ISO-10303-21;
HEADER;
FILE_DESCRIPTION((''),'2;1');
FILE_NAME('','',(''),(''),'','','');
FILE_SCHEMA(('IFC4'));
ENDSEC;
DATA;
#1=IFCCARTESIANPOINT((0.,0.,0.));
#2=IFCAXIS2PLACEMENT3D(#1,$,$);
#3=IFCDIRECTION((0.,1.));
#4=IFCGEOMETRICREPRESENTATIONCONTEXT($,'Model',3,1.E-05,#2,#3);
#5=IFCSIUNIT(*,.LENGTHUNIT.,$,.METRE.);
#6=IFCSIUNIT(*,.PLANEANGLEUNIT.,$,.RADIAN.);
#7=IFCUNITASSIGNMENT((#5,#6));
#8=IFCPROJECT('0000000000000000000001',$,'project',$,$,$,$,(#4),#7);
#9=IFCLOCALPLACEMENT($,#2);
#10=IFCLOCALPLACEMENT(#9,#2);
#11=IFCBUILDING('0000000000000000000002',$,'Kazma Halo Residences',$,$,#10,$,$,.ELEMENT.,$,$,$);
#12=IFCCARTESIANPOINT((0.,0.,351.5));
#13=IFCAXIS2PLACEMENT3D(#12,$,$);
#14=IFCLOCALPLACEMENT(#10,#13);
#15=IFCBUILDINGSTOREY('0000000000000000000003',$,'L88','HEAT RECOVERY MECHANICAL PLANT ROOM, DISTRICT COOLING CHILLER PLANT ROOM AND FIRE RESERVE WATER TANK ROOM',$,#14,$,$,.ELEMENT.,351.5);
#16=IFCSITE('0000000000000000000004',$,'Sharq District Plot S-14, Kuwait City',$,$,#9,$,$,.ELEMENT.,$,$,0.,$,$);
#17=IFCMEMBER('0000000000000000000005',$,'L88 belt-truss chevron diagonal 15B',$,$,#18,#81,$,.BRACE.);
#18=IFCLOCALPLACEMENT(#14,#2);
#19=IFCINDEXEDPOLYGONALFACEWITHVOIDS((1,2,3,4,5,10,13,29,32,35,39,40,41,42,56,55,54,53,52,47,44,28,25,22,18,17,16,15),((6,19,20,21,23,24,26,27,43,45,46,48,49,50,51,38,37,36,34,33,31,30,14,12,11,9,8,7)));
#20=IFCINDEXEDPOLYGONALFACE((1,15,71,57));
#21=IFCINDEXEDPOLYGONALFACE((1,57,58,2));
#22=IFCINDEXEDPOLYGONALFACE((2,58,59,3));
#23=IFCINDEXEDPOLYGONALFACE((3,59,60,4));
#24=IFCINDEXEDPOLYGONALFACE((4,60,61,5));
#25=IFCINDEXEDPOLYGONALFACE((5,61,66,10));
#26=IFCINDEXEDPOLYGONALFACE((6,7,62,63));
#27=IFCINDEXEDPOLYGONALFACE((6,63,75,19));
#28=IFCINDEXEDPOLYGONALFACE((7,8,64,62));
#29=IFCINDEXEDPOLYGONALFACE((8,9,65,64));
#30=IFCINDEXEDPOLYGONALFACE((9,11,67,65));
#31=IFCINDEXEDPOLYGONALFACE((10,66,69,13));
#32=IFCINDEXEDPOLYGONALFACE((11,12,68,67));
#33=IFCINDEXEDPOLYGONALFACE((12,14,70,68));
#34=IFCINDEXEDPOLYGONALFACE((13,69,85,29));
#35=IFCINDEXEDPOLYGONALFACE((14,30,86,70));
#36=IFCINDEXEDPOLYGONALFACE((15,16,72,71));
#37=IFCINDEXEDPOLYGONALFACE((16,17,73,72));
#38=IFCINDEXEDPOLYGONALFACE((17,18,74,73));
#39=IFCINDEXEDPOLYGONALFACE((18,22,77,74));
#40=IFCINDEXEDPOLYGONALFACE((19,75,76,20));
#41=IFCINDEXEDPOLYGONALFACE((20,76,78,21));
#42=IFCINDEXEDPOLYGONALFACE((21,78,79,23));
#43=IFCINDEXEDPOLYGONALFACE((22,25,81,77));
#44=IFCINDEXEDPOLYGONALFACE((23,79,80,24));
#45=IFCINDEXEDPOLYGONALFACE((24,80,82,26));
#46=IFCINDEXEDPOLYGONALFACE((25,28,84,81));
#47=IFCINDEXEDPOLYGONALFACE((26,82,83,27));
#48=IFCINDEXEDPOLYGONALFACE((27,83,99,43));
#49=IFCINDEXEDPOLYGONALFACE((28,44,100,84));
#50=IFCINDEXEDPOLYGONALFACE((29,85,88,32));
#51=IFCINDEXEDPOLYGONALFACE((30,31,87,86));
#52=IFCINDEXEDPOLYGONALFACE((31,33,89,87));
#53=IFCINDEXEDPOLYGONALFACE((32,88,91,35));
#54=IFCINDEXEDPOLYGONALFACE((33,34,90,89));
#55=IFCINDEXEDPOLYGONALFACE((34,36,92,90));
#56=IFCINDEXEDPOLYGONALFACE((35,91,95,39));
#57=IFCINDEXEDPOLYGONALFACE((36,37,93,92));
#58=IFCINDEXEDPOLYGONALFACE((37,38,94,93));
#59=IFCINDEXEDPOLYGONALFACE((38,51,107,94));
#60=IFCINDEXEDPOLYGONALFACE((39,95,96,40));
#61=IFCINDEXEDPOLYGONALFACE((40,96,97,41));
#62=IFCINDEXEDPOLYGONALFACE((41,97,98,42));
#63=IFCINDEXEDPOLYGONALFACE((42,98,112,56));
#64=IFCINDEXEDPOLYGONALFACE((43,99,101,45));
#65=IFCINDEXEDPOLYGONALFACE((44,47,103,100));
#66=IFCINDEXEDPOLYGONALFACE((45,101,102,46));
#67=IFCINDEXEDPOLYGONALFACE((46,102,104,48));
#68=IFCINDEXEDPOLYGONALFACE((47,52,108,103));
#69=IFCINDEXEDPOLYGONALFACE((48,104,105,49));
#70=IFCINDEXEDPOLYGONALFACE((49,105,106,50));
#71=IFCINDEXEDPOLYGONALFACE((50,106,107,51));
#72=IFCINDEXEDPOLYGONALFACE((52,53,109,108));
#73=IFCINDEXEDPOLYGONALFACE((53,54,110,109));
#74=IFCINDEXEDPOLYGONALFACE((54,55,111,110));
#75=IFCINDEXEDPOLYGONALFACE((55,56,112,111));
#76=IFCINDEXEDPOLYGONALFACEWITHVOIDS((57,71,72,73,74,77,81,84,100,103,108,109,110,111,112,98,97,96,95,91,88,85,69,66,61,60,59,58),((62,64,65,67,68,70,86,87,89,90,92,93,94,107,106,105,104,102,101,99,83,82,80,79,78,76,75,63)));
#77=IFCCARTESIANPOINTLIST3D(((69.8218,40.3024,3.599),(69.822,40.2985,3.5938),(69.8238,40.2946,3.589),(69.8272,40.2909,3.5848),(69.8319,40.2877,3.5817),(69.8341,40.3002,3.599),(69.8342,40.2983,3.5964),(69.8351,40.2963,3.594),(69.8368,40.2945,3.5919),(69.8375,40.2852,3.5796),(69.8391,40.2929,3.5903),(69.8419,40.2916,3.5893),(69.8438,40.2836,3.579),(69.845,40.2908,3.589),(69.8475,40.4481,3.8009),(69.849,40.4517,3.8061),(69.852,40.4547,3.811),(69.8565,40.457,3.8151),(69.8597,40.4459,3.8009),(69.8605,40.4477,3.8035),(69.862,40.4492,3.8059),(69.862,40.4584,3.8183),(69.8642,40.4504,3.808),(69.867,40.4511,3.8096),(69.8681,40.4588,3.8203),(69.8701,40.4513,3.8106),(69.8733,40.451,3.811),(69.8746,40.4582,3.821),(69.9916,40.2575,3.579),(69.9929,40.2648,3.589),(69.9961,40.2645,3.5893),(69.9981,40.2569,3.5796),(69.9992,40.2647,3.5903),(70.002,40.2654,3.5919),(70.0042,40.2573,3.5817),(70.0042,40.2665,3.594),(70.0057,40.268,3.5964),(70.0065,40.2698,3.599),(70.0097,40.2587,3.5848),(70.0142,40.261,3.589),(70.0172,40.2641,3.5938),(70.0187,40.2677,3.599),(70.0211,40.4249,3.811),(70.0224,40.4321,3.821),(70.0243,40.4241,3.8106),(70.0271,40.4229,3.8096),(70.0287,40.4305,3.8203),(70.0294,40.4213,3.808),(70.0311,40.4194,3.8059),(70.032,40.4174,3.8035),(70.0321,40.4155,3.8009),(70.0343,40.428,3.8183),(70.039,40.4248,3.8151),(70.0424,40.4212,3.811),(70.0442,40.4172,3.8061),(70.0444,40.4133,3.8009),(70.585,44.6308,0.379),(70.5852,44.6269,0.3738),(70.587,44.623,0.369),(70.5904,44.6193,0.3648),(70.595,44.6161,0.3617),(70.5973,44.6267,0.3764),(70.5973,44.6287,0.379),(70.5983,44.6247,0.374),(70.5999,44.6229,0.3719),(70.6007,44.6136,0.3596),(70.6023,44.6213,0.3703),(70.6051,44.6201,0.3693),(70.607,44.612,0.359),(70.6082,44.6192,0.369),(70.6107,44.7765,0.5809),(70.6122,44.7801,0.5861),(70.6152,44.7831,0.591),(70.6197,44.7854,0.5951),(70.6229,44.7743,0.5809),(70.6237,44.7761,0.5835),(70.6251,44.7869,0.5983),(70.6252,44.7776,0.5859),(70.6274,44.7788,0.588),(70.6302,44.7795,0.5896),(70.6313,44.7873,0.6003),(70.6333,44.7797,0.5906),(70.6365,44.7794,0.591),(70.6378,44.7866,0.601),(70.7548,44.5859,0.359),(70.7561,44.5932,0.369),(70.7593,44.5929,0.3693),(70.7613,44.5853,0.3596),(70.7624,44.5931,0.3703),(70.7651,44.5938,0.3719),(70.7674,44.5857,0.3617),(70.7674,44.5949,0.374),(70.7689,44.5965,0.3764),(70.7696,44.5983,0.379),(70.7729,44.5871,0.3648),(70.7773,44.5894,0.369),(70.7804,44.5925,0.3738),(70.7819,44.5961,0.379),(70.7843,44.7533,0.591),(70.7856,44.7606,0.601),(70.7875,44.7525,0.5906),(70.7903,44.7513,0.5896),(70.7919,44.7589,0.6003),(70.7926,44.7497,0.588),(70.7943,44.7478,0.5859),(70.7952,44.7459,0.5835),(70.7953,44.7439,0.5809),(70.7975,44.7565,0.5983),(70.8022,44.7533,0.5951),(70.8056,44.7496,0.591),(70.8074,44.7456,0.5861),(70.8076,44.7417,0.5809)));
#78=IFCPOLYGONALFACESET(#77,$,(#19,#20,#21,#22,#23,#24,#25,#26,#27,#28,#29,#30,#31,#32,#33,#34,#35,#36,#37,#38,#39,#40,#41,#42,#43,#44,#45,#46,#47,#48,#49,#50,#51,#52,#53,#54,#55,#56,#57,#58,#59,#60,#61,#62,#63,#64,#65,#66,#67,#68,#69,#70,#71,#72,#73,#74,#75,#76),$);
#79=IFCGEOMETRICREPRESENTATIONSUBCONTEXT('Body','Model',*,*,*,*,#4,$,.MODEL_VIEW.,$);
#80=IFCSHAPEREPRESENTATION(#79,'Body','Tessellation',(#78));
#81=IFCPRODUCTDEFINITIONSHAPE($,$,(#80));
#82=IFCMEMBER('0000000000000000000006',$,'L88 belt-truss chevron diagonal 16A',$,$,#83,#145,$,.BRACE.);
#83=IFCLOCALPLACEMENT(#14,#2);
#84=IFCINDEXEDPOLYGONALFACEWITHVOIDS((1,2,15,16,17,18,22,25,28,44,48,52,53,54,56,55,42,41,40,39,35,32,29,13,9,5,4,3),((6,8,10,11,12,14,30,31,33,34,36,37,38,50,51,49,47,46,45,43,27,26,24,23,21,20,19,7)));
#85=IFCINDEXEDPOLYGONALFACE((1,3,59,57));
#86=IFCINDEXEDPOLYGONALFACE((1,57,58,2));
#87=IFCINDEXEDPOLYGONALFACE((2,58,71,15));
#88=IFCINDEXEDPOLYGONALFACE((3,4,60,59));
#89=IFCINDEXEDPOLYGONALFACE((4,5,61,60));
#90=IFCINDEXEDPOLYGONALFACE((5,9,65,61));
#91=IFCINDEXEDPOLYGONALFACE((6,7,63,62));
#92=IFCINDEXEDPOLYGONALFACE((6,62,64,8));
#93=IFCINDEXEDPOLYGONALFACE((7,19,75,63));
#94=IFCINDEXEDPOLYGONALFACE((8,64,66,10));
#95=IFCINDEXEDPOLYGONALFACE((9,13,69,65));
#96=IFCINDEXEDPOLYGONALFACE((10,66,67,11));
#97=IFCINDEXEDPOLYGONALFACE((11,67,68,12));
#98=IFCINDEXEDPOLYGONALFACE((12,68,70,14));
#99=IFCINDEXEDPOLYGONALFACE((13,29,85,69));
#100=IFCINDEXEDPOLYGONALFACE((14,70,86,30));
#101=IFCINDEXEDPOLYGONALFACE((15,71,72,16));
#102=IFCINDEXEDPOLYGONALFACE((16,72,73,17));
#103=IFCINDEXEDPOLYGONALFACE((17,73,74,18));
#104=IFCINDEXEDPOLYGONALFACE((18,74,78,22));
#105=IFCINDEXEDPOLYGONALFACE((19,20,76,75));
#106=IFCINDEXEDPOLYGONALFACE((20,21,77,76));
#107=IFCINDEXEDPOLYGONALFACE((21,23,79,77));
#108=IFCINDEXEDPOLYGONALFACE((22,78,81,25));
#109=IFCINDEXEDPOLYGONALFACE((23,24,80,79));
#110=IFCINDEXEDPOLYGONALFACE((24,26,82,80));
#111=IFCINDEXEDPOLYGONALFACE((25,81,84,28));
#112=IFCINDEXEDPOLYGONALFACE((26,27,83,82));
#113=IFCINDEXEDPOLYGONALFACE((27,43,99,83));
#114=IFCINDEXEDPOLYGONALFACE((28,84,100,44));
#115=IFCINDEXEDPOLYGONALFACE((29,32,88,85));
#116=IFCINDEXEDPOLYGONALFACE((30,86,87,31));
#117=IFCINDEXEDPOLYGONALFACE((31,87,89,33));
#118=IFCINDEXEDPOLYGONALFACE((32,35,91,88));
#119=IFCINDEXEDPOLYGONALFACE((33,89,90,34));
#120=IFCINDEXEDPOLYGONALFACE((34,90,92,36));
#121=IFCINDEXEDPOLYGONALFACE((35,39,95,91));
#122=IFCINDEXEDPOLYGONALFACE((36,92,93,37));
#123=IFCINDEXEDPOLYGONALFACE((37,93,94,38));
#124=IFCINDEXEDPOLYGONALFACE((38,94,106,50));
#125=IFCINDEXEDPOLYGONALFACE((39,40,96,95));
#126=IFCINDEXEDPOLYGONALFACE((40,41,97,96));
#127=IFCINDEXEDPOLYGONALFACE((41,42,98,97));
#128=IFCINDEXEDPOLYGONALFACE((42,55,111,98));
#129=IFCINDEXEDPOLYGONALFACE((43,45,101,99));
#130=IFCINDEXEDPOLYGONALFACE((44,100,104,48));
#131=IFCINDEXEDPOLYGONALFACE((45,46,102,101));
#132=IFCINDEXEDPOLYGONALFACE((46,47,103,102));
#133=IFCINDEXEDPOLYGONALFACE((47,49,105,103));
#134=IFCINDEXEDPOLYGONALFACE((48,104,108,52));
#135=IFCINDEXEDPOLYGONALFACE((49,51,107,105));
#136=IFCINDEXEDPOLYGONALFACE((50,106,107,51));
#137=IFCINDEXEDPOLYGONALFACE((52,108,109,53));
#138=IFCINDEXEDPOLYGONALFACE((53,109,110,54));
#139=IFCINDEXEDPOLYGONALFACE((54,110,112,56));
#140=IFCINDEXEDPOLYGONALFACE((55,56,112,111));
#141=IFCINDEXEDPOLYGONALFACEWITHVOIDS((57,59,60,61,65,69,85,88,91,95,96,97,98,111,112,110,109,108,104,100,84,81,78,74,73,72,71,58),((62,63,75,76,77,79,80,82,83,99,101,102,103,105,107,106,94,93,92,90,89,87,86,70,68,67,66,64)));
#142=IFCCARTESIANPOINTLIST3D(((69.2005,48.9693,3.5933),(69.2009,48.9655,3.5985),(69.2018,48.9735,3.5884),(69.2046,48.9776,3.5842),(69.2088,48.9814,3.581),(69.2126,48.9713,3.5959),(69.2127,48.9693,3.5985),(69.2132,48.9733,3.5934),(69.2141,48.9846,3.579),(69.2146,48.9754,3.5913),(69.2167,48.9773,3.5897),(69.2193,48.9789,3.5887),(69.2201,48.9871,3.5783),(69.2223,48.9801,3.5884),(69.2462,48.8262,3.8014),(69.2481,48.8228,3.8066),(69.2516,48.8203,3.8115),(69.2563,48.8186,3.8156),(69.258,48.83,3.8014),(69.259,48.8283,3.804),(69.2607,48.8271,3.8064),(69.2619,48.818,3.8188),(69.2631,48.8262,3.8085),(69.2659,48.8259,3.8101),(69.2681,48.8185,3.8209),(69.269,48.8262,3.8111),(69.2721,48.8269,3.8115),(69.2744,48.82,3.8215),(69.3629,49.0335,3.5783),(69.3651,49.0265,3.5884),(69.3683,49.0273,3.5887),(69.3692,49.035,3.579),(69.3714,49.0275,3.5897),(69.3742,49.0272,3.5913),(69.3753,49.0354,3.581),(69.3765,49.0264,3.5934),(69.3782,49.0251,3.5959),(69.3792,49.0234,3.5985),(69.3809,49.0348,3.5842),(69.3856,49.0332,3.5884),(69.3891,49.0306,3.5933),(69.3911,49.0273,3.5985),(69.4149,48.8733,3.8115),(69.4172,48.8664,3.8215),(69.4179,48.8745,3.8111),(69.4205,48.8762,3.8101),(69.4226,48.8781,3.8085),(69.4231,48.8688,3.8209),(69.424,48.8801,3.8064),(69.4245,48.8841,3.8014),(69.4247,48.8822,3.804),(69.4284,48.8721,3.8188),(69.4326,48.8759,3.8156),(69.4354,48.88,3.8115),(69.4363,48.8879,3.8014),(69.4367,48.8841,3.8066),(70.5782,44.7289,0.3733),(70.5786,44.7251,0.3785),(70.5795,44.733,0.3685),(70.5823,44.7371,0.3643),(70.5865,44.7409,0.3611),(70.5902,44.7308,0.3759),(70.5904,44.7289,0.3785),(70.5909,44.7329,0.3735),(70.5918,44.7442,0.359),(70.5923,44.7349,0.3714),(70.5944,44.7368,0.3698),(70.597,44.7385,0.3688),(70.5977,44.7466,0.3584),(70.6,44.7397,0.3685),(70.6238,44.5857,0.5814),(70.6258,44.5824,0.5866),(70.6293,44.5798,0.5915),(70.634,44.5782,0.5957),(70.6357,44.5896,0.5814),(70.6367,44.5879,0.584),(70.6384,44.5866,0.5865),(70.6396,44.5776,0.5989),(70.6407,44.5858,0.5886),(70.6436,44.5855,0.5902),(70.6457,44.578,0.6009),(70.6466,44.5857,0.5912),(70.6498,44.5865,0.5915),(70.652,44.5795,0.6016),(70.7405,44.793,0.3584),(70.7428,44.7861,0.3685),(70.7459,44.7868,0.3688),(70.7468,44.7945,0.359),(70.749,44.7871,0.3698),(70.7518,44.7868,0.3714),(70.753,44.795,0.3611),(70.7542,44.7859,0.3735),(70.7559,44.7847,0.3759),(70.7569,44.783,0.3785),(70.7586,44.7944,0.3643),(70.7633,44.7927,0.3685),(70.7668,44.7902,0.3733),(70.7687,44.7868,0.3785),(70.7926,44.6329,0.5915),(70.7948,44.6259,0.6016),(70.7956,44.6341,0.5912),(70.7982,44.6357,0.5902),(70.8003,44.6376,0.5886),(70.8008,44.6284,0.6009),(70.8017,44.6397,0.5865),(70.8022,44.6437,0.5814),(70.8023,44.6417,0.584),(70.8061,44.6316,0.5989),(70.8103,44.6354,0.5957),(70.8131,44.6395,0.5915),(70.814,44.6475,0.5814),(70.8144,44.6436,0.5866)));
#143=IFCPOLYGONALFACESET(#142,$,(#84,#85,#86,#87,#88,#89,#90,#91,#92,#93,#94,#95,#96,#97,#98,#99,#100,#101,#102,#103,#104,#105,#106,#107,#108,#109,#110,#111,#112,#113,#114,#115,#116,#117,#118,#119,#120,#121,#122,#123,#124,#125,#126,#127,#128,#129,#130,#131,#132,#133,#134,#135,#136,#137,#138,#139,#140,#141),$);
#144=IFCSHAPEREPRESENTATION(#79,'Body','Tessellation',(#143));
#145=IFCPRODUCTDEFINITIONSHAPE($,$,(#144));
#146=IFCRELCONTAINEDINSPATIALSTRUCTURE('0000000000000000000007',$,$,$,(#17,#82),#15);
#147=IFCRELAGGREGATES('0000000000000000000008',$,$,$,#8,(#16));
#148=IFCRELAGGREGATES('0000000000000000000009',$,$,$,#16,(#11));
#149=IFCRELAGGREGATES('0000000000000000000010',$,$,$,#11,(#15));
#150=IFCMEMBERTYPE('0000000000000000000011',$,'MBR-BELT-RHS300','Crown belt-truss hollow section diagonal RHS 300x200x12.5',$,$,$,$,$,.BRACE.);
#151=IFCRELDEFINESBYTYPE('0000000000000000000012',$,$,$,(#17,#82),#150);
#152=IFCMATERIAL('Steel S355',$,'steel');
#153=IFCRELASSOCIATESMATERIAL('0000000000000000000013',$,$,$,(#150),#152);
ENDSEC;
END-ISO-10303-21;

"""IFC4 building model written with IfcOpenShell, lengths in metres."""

from ifc_helpers import new_model, si_unit, direction, frame, origin, origin_2d, place, context, subcontext, project, spatial, hollow_rectangle, extrude, material, material_profile, profile_set, type_object, element, save


model = new_model("IFC4")

# Units and contexts
model_context = context("Model", 3, precision=1e-05, world=origin(), true_north=direction((0.0, 1.0)))
body_context = subcontext(model_context, "Body", "Model", "MODEL_VIEW")
ifc_project = project(units=[si_unit("LENGTHUNIT", "METRE"), si_unit("PLANEANGLEUNIT", "RADIAN")], contexts=[model_context])

# Site, building, storey
site_placement = place(None, origin())
site = spatial("IfcSite", under=ifc_project, at=site_placement, Name="Sharq District Plot S-14, Kuwait City", CompositionType="ELEMENT", RefElevation=0.0)
building_placement = place(site_placement, origin())
building = spatial("IfcBuilding", under=site, at=building_placement, Name="Kazma Halo Residences", CompositionType="ELEMENT")
storey_placement = place(building_placement, frame((0.0, 0.0, 351.5)))
storey = spatial("IfcBuildingStorey", under=building, at=storey_placement, Name="L88", Description="HEAT RECOVERY MECHANICAL PLANT ROOM, DISTRICT COOLING CHILLER PLANT ROOM AND FIRE RESERVE WATER TANK ROOM", CompositionType="ELEMENT", Elevation=351.5)

# Shared definitions
ifc_material_1 = material(Name="Steel S355", Category="steel")

# Members
ifc_material_profile_1 = material_profile(ifc_material_1, hollow_rectangle(XDim=0.2, YDim=0.3, WallThickness=0.0125, InnerFilletRadius=0.0125, OuterFilletRadius=0.0249, at=origin_2d()), Name="RHS300x200x12.5")
ifc_profile_set_1 = profile_set([ifc_material_profile_1], Name="Steel S355")
member_type_1 = type_object("IfcMemberType", Name="MBR-BELT-RHS300", Description="Crown belt-truss hollow section diagonal RHS 300x200x12.5", PredefinedType="BRACE", material=ifc_profile_set_1)
member_1_placement = place(storey_placement, frame((70.6963, 44.6863, 0.48), z_axis=(-0.140074, -0.794424, 0.59099), x_axis=(0.984809, -0.173643, 0.0)))
element("IfcMember", 1, at=member_1_placement, inside=storey, type_object=member_type_1, Name="L88 belt-truss chevron diagonal 15B", PredefinedType="BRACE", context=body_context, shape_type="SweptSolid", body=[
    extrude(hollow_rectangle(XDim=0.2, YDim=0.3, WallThickness=0.0125, InnerFilletRadius=0.0125, OuterFilletRadius=0.0249, at=origin_2d()), origin(), (0.0, 0.0, 1.0), 5.4485),
])
member_2_placement = place(storey_placement, frame((70.6963, 44.6863, 0.48), z_axis=(-0.250497, 0.771023, 0.58547), x_axis=(-0.951065, -0.308991, 0.0)))
element("IfcMember", 2, at=member_2_placement, inside=storey, type_object=member_type_1, Name="L88 belt-truss chevron diagonal 16A", PredefinedType="BRACE", context=body_context, shape_type="SweptSolid", body=[
    extrude(hollow_rectangle(XDim=0.2, YDim=0.3, WallThickness=0.0125, InnerFilletRadius=0.0125, OuterFilletRadius=0.0249, at=origin_2d()), origin(), (0.0, 0.0, 1.0), 5.4998),
])

save(model, "model.ifc")
